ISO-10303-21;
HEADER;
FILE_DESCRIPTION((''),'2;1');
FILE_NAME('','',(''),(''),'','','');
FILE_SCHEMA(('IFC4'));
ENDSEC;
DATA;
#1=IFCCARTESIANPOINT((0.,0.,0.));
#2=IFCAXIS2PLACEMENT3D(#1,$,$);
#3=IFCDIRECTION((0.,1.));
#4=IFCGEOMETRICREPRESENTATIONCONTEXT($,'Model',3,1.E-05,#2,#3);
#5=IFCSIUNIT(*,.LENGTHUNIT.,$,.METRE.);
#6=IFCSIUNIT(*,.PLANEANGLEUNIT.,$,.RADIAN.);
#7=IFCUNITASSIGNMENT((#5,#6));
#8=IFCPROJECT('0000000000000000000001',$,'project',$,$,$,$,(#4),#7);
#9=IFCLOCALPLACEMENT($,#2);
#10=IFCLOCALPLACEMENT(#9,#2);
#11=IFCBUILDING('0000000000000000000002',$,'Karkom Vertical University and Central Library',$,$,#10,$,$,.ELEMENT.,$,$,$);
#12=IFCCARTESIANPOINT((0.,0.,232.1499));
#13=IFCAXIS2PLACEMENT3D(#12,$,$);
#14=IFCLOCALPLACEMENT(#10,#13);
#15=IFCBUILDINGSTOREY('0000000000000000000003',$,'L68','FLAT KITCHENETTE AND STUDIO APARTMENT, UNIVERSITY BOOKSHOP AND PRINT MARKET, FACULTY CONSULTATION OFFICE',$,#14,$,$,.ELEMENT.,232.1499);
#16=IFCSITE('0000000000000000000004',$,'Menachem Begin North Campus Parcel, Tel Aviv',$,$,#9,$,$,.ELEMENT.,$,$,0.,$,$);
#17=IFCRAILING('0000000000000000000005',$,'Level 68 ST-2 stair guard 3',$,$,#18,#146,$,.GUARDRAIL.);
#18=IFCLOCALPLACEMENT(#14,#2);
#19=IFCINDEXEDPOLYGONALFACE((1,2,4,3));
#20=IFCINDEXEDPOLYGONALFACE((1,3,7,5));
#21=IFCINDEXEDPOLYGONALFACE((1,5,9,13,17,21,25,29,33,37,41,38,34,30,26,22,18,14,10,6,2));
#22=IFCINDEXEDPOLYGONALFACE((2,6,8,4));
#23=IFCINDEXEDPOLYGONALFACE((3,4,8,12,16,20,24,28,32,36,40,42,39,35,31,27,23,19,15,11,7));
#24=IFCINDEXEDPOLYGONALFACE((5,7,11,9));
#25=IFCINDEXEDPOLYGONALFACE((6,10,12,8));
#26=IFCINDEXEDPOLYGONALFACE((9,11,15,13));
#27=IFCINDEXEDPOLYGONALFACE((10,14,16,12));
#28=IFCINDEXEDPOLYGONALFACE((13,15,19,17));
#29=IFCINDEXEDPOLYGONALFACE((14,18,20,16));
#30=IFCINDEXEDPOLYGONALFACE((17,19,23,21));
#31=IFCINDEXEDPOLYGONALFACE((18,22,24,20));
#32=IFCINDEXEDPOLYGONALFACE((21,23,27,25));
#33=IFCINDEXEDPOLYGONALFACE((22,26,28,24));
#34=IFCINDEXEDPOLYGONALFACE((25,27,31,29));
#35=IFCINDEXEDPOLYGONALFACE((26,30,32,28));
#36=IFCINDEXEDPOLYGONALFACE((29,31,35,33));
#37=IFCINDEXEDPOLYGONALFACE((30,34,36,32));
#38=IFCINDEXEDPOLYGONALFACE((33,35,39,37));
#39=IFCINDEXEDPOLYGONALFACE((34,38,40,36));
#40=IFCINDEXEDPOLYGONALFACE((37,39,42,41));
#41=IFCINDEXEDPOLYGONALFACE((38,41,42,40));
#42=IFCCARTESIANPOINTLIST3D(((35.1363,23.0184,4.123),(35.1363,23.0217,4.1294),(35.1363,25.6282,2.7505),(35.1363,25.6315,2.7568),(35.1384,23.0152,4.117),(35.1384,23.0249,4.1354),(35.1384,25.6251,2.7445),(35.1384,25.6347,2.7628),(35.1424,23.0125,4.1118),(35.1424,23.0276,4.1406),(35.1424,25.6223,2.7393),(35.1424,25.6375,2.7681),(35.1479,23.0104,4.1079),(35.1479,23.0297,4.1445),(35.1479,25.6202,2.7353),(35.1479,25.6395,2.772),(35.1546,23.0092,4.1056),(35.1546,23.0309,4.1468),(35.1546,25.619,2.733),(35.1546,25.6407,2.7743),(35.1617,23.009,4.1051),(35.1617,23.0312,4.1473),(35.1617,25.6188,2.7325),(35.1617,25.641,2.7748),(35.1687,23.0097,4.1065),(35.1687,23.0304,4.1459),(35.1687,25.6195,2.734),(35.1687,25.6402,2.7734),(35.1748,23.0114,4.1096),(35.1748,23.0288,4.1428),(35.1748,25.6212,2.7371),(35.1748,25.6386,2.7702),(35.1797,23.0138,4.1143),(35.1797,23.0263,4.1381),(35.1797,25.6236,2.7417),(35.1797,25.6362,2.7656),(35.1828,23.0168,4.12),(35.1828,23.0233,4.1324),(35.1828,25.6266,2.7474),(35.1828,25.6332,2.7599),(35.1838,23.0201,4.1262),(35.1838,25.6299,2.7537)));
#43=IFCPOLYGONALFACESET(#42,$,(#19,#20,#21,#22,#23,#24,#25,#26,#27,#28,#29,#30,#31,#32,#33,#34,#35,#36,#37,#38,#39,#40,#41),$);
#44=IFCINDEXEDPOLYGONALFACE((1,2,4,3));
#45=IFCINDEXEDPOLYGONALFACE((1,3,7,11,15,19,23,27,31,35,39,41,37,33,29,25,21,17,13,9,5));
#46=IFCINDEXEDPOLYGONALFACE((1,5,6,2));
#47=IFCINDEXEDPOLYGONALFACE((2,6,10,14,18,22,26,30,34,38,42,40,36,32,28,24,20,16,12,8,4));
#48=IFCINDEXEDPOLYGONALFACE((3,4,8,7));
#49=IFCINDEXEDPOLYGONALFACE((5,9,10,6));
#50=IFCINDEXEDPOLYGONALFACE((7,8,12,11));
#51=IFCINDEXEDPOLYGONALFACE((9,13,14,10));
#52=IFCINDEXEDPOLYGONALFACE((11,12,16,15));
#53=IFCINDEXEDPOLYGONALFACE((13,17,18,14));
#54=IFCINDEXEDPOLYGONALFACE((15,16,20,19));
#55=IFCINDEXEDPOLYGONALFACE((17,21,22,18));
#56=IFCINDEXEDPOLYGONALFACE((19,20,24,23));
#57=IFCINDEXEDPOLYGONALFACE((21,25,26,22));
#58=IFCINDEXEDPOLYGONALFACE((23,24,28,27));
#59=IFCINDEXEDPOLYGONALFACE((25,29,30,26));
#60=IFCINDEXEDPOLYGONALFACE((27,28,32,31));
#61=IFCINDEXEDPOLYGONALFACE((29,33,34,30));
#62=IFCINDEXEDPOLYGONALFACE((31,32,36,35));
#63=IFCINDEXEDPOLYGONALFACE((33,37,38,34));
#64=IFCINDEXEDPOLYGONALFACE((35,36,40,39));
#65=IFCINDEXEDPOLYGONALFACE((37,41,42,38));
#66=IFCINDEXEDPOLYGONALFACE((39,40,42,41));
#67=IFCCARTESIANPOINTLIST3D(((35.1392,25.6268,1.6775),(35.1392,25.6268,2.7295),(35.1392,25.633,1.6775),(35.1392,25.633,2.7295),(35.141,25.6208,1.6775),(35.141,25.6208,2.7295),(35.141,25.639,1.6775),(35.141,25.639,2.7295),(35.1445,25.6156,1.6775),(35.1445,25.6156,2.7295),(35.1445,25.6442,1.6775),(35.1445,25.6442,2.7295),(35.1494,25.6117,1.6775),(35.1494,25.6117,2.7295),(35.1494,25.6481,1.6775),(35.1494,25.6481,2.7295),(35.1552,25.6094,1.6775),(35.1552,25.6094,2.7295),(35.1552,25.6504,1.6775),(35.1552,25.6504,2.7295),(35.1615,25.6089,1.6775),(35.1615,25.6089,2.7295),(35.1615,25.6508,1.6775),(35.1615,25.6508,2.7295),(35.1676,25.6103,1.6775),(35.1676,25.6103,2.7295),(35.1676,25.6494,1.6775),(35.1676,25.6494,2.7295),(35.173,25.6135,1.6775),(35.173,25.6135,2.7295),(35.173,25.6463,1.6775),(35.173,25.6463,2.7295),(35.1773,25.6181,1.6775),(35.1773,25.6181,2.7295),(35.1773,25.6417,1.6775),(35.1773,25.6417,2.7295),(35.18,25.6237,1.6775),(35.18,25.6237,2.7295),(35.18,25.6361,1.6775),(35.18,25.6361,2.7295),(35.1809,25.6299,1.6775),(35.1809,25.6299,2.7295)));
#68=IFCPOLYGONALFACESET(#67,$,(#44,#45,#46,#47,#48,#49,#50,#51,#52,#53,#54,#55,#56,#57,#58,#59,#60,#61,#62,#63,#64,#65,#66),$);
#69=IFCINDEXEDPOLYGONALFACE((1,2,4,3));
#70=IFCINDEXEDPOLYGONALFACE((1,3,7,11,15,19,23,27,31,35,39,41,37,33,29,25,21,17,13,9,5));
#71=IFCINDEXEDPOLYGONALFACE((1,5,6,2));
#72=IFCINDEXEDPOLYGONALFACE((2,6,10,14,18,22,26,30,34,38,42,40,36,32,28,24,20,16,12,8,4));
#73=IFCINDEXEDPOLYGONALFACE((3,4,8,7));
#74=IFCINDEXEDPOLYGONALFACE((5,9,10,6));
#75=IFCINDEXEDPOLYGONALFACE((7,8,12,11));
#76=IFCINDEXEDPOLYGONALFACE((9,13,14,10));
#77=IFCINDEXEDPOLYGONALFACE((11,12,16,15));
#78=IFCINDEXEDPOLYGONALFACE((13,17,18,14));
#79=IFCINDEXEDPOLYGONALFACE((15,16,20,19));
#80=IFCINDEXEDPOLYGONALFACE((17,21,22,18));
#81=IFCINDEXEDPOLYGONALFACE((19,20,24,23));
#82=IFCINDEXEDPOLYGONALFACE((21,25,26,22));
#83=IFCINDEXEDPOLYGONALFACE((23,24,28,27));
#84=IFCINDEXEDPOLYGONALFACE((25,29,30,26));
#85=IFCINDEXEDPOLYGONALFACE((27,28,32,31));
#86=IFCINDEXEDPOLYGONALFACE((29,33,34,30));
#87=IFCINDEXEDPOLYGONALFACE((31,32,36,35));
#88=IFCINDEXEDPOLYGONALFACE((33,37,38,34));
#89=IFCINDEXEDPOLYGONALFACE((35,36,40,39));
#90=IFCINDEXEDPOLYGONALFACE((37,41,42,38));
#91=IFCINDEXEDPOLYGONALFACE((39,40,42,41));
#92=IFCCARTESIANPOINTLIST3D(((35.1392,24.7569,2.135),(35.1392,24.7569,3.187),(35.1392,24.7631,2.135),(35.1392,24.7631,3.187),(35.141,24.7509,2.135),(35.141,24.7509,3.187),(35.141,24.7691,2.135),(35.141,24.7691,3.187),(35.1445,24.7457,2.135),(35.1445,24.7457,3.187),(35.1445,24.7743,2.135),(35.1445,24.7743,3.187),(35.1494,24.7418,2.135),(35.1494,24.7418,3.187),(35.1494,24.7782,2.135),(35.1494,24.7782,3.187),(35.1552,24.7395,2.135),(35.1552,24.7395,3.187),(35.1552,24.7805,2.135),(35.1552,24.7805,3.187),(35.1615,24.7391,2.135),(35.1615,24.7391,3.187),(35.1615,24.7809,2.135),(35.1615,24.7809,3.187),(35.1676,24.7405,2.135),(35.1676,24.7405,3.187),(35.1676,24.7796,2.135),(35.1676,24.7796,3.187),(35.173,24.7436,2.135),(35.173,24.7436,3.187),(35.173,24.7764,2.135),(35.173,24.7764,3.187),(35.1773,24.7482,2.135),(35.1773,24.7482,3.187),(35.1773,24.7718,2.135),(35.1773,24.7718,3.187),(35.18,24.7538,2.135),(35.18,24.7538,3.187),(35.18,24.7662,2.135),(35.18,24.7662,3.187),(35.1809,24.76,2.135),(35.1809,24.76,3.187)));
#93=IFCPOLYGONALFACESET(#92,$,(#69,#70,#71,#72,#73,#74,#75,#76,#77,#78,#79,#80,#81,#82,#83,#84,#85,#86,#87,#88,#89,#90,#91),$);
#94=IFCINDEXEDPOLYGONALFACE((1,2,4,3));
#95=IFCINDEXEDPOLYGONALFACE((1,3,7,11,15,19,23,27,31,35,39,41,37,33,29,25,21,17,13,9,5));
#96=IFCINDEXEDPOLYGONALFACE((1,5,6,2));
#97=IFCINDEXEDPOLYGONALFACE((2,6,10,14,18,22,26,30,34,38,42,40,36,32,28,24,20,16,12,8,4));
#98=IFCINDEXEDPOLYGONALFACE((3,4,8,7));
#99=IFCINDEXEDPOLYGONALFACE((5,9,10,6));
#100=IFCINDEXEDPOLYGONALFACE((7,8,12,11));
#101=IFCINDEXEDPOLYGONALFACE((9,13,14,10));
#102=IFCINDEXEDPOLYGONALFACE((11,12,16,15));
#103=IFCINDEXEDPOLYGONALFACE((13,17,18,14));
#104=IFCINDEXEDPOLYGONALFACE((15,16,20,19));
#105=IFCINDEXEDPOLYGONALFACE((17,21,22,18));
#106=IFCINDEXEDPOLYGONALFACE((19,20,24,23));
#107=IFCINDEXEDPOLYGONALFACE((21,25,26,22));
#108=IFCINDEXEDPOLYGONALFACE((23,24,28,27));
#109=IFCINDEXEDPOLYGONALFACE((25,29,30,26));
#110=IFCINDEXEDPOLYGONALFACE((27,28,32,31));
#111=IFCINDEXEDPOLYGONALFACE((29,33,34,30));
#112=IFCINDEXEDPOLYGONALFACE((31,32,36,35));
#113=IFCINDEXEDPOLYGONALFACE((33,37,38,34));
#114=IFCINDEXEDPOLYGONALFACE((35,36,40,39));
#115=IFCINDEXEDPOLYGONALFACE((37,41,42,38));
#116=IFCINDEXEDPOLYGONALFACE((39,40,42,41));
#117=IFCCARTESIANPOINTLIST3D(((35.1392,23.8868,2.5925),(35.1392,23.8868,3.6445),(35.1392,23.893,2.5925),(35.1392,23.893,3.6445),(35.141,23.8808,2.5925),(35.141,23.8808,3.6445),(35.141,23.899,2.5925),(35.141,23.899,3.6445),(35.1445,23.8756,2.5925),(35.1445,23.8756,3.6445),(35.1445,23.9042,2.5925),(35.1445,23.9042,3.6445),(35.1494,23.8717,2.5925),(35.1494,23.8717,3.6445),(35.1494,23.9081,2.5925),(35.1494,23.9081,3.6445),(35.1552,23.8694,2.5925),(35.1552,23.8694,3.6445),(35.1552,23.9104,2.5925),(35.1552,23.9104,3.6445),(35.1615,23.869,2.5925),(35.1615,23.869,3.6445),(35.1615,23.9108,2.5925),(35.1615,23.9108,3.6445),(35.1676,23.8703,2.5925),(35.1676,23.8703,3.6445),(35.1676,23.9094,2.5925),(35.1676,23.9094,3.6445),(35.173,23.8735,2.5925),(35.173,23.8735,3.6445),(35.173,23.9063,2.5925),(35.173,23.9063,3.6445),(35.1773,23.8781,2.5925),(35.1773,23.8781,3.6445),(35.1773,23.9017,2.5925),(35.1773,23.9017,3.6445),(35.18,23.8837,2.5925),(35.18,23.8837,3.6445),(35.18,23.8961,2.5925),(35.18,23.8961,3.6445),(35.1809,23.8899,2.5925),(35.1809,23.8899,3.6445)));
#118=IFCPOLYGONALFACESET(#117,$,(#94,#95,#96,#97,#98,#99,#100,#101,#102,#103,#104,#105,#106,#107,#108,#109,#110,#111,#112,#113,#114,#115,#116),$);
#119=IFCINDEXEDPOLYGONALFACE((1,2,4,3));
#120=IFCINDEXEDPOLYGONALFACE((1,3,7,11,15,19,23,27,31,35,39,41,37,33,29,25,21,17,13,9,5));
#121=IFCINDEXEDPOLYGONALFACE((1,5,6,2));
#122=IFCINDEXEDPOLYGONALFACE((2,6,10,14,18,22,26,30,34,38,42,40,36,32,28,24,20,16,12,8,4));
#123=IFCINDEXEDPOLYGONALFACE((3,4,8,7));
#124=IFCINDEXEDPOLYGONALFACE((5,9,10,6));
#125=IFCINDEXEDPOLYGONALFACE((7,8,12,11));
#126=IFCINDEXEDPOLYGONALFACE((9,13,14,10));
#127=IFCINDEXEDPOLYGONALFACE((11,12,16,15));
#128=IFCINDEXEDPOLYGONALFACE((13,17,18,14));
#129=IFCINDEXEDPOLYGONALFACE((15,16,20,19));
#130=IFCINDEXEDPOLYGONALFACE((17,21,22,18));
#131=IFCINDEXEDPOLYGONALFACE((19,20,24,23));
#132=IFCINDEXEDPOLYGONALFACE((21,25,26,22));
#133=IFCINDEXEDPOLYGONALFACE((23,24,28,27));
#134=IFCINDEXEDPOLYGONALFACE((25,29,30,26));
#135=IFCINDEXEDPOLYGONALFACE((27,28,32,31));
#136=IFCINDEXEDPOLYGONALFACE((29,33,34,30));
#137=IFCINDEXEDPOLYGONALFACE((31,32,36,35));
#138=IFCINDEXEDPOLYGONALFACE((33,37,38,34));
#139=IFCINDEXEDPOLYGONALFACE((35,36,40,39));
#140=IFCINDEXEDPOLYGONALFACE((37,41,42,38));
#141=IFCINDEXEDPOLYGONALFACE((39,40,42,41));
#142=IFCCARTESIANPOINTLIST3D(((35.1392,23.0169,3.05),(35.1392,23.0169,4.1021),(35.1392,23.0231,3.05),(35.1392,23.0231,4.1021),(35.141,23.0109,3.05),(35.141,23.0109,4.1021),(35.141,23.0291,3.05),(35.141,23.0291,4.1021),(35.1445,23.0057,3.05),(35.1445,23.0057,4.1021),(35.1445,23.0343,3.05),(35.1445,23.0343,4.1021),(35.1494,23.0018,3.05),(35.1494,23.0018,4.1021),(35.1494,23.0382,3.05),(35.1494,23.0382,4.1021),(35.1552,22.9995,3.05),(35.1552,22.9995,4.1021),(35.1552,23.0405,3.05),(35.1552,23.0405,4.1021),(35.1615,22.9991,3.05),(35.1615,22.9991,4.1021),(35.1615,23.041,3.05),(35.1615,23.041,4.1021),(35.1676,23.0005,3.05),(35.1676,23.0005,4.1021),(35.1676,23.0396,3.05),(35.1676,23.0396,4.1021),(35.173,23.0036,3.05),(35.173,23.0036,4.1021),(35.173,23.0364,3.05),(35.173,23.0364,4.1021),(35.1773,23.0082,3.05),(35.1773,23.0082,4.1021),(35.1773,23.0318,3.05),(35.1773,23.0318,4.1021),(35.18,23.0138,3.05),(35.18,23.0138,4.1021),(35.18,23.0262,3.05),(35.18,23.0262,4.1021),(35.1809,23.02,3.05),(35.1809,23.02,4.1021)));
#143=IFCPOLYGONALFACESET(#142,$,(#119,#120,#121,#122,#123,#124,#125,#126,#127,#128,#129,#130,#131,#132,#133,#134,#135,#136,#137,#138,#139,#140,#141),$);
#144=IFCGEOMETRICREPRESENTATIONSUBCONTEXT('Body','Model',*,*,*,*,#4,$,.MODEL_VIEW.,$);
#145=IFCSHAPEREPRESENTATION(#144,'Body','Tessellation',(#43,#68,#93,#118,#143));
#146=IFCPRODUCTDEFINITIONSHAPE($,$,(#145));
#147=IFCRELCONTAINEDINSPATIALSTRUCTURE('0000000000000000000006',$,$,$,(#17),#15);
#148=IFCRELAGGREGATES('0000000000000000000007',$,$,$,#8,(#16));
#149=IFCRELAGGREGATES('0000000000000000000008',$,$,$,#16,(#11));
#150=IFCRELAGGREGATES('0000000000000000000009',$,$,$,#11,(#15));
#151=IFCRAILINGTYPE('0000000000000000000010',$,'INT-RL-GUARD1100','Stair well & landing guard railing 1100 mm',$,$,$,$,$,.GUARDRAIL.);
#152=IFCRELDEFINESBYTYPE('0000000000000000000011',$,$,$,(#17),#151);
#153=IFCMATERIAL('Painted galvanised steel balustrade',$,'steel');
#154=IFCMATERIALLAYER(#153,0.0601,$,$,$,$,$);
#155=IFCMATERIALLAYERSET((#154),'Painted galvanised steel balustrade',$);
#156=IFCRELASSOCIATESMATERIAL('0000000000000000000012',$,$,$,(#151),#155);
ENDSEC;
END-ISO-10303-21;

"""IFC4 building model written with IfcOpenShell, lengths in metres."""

from ifc_helpers import new_model, si_unit, direction, frame, origin, origin_2d, place, context, subcontext, project, spatial, circle, extrude, material, layer, layer_set, type_object, element, save


model = new_model("IFC4")

# Units and contexts
model_context = context("Model", 3, precision=1e-05, world=origin(), true_north=direction((0.0, 1.0)))
body_context = subcontext(model_context, "Body", "Model", "MODEL_VIEW")
ifc_project = project(units=[si_unit("LENGTHUNIT", "METRE"), si_unit("PLANEANGLEUNIT", "RADIAN")], contexts=[model_context])

# Site, building, storey
site_placement = place(None, origin())
site = spatial("IfcSite", under=ifc_project, at=site_placement, Name="Menachem Begin North Campus Parcel, Tel Aviv", CompositionType="ELEMENT", RefElevation=0.0)
building_placement = place(site_placement, origin())
building = spatial("IfcBuilding", under=site, at=building_placement, Name="Karkom Vertical University and Central Library", CompositionType="ELEMENT")
storey_placement = place(building_placement, frame((0.0, 0.0, 232.1499)))
storey = spatial("IfcBuildingStorey", under=building, at=storey_placement, Name="L68", Description="FLAT KITCHENETTE AND STUDIO APARTMENT, UNIVERSITY BOOKSHOP AND PRINT MARKET, FACULTY CONSULTATION OFFICE", CompositionType="ELEMENT", Elevation=232.1499)

# Railing
ifc_material_1 = material(Name="Painted galvanised steel balustrade", Category="steel")
ifc_layer_1 = layer(ifc_material_1, 0.0601)
ifc_layer_set_1 = layer_set([ifc_layer_1], Name="Painted galvanised steel balustrade")
railing_type_1 = type_object("IfcRailingType", Name="INT-RL-GUARD1100", Description="Stair well & landing guard railing 1100 mm", PredefinedType="GUARDRAIL", material=ifc_layer_set_1)
railing_1_placement = place(storey_placement, frame((35.1599, 25.6299, 1.6775)))
element("IfcRailing", 1, at=railing_1_placement, inside=storey, type_object=railing_type_1, Name="Level 68 ST-2 stair guard 3", PredefinedType="GUARDRAIL", context=body_context, shape_type="SweptSolid", body=[
    extrude(circle(Radius=0.0239, at=origin_2d()), frame((0.0, 0.0, 1.0762), z_axis=(0.0, -0.885065, 0.465467), x_axis=(1.0, 0.0, 0.0)), (0.0, 0.0, 1.0), 2.9487),
    extrude(circle(Radius=0.021, at=origin_2d()), origin(), (0.0, 0.0, 1.0), 1.052),
    extrude(circle(Radius=0.021, at=origin_2d()), frame((0.0, -0.8699, 0.4575)), (0.0, 0.0, 1.0), 1.052),
    extrude(circle(Radius=0.021, at=origin_2d()), frame((0.0, -1.74, 0.915)), (0.0, 0.0, 1.0), 1.052),
    extrude(circle(Radius=0.021, at=origin_2d()), frame((0.0, -2.6099, 1.3726)), (0.0, 0.0, 1.0), 1.052),
])

save(model, "model.ifc")
